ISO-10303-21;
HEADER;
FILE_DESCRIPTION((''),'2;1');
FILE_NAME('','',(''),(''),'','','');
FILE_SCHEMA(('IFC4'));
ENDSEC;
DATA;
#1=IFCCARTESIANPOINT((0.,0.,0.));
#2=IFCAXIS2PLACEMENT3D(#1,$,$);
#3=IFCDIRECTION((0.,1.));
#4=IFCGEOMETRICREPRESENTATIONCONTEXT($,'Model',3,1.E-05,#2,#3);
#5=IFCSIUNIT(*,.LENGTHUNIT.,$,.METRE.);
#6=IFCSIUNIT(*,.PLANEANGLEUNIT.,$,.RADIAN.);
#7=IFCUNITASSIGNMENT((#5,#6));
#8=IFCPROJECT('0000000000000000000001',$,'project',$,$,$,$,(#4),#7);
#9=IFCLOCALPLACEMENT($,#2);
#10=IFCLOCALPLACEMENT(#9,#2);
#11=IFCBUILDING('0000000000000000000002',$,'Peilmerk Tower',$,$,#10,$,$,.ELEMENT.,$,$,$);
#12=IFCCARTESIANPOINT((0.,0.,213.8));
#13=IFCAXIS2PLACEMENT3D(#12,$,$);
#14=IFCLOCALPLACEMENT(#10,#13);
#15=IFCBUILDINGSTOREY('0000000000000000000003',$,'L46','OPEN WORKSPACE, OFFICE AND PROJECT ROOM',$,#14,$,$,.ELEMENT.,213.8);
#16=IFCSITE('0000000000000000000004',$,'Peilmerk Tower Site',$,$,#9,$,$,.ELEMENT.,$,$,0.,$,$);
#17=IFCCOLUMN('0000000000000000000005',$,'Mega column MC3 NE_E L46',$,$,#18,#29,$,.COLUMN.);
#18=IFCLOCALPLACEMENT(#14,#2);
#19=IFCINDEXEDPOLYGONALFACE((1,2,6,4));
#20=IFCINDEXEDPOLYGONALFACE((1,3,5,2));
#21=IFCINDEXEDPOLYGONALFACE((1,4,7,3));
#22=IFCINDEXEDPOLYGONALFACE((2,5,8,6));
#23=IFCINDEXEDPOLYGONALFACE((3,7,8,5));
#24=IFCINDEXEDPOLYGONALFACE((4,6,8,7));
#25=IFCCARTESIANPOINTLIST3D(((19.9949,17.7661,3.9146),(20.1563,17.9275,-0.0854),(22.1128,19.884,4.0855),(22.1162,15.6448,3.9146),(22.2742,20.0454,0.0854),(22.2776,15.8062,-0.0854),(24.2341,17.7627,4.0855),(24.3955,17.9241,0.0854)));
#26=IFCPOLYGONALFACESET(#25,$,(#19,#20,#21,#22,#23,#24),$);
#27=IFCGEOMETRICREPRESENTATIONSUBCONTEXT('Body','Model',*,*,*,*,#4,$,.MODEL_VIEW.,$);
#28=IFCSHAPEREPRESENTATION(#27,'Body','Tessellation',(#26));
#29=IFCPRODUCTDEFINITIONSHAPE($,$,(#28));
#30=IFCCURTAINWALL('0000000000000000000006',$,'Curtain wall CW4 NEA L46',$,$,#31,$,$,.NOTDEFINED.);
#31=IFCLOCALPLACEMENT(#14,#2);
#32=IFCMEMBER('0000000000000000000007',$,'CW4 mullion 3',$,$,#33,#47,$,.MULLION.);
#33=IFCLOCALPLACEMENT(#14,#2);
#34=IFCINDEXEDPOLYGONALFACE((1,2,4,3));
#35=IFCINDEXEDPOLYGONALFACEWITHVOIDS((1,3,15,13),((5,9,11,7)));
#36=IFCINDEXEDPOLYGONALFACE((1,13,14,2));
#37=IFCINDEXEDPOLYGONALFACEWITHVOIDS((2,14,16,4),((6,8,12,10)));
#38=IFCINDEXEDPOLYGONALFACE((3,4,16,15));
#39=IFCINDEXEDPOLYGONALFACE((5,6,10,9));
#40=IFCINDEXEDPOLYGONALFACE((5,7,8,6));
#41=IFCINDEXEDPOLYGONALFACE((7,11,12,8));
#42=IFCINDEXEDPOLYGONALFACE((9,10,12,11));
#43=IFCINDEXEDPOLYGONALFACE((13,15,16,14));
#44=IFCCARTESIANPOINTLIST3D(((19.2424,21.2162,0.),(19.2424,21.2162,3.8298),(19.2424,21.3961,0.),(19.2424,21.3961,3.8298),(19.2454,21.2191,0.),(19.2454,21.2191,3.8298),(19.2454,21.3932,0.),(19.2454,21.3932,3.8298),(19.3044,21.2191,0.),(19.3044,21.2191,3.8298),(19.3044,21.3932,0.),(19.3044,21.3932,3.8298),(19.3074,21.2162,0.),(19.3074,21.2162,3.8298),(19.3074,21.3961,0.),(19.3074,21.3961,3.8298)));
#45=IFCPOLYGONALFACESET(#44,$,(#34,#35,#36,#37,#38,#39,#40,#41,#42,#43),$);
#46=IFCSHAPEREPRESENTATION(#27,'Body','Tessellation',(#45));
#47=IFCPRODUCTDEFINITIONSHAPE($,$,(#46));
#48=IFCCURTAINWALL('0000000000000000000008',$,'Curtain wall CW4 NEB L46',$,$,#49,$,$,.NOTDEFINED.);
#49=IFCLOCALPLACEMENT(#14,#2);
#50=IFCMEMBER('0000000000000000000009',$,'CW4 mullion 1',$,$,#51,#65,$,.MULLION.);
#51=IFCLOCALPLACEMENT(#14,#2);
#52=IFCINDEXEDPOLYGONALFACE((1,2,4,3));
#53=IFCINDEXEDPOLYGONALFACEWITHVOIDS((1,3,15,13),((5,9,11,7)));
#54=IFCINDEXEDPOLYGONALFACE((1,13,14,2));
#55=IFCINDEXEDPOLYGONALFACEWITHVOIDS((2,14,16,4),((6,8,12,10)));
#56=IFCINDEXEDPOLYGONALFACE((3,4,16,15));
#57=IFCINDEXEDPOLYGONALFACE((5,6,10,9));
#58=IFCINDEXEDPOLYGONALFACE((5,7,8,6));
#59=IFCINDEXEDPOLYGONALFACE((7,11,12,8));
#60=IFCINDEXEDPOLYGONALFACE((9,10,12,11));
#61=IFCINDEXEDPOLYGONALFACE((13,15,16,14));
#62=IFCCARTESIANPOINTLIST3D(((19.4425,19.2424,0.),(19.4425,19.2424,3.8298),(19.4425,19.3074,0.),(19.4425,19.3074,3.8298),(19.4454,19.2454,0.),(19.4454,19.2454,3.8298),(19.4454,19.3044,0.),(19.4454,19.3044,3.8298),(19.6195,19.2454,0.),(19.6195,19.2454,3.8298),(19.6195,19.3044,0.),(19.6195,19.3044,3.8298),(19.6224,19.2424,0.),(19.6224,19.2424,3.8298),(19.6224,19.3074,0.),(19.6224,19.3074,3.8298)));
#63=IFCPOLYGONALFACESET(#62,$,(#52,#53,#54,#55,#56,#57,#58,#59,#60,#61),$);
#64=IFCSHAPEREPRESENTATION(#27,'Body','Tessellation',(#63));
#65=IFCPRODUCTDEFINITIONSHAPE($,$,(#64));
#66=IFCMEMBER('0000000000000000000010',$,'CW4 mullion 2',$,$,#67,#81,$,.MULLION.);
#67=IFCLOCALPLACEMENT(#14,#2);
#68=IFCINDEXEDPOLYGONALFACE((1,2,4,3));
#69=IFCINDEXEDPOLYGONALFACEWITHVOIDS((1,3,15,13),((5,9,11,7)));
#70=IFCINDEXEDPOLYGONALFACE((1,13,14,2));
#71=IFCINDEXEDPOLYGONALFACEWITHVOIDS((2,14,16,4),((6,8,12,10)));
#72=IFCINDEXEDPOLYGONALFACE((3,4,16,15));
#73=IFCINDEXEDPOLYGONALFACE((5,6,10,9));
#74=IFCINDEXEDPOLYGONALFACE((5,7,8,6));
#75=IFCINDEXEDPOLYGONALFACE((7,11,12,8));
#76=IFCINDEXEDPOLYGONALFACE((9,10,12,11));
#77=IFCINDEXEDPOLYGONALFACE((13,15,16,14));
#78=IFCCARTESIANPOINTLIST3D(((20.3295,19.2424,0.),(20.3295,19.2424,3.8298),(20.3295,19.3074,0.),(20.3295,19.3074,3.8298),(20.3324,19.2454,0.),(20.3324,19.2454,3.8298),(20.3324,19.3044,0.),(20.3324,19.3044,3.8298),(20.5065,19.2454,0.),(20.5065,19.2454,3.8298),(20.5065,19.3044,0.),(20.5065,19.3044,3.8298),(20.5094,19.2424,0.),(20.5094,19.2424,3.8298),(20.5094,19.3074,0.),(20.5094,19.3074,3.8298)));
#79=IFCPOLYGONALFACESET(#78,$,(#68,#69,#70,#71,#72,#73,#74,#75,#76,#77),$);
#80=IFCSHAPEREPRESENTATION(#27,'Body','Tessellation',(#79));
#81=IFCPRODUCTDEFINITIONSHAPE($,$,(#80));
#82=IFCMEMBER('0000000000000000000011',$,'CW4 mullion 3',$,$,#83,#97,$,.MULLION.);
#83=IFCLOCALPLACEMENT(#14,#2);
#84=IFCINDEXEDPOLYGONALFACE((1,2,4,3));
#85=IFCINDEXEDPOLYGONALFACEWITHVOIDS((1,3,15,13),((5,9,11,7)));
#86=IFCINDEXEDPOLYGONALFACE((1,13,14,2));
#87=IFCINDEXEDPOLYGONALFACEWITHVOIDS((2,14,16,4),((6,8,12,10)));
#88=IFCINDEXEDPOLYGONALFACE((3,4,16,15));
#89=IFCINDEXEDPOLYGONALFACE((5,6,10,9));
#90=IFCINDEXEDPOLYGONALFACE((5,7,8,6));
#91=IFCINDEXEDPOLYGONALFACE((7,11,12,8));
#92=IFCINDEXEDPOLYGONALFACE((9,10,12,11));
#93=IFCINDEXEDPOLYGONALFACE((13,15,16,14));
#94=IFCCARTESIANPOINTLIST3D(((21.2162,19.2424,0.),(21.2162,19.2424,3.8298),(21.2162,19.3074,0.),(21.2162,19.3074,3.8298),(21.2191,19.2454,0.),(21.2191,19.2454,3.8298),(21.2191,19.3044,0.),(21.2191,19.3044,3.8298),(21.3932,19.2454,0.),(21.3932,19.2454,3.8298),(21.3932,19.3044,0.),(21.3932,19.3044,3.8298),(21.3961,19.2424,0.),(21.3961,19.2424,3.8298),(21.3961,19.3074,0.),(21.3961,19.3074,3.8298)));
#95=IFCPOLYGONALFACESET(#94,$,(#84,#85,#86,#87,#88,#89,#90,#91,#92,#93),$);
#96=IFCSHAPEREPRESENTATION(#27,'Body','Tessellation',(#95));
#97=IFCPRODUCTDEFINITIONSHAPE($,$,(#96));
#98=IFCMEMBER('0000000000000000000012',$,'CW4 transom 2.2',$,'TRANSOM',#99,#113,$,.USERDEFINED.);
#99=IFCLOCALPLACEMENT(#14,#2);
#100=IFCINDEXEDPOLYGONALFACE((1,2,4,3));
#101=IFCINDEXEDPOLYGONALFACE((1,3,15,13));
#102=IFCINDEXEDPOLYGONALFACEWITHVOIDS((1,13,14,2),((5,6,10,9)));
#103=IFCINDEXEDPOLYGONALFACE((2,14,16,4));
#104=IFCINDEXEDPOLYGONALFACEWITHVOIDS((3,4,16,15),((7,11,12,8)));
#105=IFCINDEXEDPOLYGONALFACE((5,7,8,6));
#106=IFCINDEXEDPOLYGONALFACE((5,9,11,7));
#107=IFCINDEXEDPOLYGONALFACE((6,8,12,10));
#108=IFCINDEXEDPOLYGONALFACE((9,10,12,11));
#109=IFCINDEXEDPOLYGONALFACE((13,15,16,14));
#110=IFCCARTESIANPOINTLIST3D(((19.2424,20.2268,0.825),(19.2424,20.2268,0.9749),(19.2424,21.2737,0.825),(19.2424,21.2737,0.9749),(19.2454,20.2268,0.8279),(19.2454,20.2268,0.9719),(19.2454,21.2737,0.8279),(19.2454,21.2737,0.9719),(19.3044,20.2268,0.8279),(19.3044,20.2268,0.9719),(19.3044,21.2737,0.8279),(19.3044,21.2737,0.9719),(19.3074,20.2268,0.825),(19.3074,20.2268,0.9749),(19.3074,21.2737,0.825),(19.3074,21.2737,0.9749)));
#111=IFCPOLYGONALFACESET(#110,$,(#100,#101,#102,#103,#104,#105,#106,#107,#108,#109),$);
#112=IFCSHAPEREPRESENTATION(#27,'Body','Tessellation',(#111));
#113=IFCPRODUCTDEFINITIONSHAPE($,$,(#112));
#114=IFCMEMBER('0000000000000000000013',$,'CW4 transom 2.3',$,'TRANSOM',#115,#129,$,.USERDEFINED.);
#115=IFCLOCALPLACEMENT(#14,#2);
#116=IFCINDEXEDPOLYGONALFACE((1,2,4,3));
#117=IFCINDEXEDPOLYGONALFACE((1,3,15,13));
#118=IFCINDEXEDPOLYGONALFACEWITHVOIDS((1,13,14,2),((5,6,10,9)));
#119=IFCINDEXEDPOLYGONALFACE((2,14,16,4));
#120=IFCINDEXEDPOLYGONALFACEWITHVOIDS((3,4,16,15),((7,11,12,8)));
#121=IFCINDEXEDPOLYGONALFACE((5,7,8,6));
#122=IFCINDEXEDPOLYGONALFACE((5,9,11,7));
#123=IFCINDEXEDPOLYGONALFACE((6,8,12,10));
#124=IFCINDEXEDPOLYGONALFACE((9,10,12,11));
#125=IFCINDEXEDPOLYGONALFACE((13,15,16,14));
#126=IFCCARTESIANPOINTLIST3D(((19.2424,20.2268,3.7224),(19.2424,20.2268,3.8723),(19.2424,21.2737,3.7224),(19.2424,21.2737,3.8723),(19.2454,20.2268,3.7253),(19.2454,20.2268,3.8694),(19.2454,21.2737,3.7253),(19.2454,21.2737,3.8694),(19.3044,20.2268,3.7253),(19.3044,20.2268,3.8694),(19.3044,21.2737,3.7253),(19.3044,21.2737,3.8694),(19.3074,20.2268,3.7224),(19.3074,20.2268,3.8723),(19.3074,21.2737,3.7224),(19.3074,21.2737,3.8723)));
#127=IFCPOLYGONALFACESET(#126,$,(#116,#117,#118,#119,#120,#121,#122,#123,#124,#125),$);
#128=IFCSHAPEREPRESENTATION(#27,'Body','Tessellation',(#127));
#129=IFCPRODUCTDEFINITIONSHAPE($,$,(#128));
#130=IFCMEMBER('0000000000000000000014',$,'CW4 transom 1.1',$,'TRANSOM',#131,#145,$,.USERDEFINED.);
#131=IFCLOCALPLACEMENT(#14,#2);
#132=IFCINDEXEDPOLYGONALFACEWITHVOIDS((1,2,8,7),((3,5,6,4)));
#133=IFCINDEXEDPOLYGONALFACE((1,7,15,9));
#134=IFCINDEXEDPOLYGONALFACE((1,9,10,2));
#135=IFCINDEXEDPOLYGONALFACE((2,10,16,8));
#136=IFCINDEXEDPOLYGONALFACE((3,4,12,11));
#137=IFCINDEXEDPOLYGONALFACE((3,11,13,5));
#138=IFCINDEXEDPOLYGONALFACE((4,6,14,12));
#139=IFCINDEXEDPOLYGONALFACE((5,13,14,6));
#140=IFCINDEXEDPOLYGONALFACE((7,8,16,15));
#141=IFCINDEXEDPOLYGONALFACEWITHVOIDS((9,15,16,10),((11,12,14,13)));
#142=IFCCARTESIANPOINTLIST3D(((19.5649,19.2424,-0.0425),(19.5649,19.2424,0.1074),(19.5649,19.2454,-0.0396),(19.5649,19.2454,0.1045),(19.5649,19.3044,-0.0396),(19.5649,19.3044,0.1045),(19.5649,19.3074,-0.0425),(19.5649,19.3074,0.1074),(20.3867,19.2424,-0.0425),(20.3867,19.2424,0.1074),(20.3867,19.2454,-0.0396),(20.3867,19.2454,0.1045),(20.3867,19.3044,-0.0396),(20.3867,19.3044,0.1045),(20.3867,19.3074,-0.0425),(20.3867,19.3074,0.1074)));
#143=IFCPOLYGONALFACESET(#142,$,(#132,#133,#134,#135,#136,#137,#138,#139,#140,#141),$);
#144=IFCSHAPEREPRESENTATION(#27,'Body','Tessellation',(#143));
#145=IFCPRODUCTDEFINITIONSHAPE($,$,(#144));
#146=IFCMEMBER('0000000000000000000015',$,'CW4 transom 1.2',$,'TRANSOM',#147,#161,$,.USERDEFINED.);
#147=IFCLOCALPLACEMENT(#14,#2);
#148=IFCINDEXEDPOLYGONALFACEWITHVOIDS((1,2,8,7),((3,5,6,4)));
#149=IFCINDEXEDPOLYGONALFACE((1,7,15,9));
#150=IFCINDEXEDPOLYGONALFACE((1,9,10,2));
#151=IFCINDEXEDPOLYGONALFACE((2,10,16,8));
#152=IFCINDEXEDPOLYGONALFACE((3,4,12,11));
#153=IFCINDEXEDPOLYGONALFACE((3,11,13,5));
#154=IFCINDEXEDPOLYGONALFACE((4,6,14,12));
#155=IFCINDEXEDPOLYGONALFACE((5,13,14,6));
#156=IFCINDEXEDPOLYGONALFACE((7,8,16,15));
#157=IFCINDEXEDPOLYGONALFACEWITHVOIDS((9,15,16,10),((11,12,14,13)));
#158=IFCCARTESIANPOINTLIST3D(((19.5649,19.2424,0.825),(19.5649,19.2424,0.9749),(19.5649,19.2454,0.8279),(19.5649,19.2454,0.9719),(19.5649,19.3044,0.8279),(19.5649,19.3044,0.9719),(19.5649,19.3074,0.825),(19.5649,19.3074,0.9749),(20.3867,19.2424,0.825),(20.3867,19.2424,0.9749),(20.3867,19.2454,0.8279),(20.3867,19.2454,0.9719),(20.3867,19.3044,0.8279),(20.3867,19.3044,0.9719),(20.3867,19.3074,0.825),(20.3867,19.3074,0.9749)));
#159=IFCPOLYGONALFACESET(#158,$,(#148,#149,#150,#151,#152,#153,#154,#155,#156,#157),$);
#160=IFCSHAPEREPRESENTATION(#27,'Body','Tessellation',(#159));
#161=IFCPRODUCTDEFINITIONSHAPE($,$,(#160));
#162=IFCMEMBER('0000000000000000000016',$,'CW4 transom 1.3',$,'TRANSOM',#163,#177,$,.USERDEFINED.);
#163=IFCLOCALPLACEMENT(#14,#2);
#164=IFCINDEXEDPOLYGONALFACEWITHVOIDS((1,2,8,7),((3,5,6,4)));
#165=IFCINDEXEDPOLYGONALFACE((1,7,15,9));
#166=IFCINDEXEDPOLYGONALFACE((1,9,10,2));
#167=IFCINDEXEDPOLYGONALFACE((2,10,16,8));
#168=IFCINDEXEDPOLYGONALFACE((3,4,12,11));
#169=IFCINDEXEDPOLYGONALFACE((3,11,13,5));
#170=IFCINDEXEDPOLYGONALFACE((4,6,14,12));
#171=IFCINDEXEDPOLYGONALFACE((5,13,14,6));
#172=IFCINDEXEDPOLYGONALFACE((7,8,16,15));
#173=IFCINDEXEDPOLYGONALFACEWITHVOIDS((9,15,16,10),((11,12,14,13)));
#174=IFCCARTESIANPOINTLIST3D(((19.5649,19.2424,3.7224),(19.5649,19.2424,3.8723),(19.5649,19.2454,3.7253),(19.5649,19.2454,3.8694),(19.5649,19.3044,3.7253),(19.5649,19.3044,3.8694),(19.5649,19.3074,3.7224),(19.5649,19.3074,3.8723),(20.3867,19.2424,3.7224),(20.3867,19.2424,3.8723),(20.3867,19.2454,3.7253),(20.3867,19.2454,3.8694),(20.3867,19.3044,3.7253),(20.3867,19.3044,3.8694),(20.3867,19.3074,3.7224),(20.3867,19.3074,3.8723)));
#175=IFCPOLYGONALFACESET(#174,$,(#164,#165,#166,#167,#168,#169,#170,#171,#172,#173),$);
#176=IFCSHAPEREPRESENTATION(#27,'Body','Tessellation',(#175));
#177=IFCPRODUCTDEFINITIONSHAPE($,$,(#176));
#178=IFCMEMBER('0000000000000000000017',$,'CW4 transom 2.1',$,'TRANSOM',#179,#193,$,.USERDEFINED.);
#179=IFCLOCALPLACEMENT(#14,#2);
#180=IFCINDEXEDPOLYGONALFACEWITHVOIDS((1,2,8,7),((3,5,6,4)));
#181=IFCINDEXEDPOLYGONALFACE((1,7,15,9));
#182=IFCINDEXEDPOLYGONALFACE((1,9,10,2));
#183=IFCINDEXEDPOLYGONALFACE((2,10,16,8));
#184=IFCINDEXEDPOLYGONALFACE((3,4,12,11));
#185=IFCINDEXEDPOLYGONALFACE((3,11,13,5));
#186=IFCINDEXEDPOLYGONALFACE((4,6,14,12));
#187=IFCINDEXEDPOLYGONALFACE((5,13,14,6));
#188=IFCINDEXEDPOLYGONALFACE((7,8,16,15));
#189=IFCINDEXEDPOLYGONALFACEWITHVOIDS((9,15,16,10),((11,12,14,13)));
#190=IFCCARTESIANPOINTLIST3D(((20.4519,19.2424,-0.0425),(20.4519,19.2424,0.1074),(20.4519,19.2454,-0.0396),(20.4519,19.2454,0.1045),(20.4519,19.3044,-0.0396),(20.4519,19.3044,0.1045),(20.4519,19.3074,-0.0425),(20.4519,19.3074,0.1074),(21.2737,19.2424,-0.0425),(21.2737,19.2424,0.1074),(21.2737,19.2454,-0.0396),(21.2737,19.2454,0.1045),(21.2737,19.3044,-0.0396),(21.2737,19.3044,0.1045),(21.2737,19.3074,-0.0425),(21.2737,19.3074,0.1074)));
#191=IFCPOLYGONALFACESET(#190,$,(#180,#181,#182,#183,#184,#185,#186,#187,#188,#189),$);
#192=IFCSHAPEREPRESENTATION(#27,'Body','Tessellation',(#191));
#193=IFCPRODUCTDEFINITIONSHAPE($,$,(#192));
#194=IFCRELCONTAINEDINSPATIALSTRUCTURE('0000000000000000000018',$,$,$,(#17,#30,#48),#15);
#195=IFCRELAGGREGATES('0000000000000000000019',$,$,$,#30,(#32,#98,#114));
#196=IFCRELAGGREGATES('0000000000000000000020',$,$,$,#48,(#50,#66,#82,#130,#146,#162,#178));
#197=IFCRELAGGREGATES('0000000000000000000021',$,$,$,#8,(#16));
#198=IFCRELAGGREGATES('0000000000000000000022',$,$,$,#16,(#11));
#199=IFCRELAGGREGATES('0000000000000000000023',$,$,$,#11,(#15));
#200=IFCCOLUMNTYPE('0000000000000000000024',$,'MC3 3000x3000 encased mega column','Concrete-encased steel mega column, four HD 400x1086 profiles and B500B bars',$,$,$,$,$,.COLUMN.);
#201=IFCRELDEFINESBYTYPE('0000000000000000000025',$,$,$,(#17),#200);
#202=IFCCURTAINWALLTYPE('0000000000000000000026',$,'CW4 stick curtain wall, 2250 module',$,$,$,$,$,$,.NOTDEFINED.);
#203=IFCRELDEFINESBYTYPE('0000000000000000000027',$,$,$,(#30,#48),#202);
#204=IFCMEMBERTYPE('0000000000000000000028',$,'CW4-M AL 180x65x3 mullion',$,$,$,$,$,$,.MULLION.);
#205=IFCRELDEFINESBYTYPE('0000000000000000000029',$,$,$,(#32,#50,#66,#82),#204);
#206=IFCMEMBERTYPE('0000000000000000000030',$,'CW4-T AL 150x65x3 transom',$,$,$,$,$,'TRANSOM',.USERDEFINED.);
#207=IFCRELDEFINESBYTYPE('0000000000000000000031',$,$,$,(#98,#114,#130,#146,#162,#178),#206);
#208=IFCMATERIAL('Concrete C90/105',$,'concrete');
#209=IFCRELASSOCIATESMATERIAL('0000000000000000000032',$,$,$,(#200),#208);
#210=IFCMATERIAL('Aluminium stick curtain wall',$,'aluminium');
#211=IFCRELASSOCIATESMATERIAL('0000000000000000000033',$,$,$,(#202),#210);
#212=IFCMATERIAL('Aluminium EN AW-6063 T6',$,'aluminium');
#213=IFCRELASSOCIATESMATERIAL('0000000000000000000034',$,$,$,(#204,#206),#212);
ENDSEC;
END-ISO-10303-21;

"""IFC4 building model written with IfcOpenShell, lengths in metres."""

from ifc_helpers import new_model, si_unit, direction, frame, origin, origin_2d, place, context, subcontext, project, spatial, rectangle, hollow_rectangle, extrude, material, material_profile, profile_set, type_object, element, aggregate, save


model = new_model("IFC4")

# Units and contexts
model_context = context("Model", 3, precision=1e-05, world=origin(), true_north=direction((0.0, 1.0)))
body_context = subcontext(model_context, "Body", "Model", "MODEL_VIEW")
ifc_project = project(units=[si_unit("LENGTHUNIT", "METRE"), si_unit("PLANEANGLEUNIT", "RADIAN")], contexts=[model_context])

# Site, building, storey
site_placement = place(None, origin())
site = spatial("IfcSite", under=ifc_project, at=site_placement, Name="Peilmerk Tower Site", CompositionType="ELEMENT", RefElevation=0.0)
building_placement = place(site_placement, origin())
building = spatial("IfcBuilding", under=site, at=building_placement, Name="Peilmerk Tower", CompositionType="ELEMENT")
storey_placement = place(building_placement, frame((0.0, 0.0, 213.8)))
storey = spatial("IfcBuildingStorey", under=building, at=storey_placement, Name="L46", Description="OPEN WORKSPACE, OFFICE AND PROJECT ROOM", CompositionType="ELEMENT", Elevation=213.8)

# Column
ifc_material_1 = material(Name="Concrete C90/105", Category="concrete")
ifc_material_profile_1 = material_profile(ifc_material_1, rectangle(XDim=3.0, YDim=3.0, at=origin_2d()), Name="RC 3000x3000")
ifc_profile_set_1 = profile_set([ifc_material_profile_1], Name="Concrete C90/105")
column_type = type_object("IfcColumnType", Name="MC3 3000x3000 encased mega column", Description="Concrete-encased steel mega column, four HD 400x1086 profiles and B500B bars", PredefinedType="COLUMN", material=ifc_profile_set_1)
column_placement = place(storey_placement, frame((22.2759, 17.9258, 0.0), z_axis=(-0.040279, -0.040279, 0.998376), x_axis=(0.707107, -0.707107, 0.0)))
element("IfcColumn", 1, at=column_placement, inside=storey, type_object=column_type, Name="Mega column MC3 NE_E L46", PredefinedType="COLUMN", context=body_context, shape_type="SweptSolid", body=[
    extrude(rectangle(XDim=3.0, YDim=3.0, at=origin_2d()), origin(), (0.0, 0.0, 1.0), 4.0066),
])

# Curtain wall, member
ifc_material_2 = material(Name="Aluminium stick curtain wall", Category="aluminium")
curtain_wall_type = type_object("IfcCurtainWallType", Name="CW4 stick curtain wall, 2250 module", PredefinedType="NOTDEFINED", material=ifc_material_2)
curtain_wall_1_placement = place(storey_placement, origin())
curtain_wall_1 = element("IfcCurtainWall", 2, at=curtain_wall_1_placement, inside=storey, type_object=curtain_wall_type, Name="Curtain wall CW4 NEA L46", PredefinedType="NOTDEFINED")
ifc_material_3 = material(Name="Aluminium EN AW-6063 T6", Category="aluminium")
ifc_material_profile_2 = material_profile(ifc_material_3, hollow_rectangle(XDim=0.0649, YDim=0.1799, WallThickness=0.0029, at=origin_2d()), Name="AL 180x65x3")
ifc_profile_set_2 = profile_set([ifc_material_profile_2], Name="Aluminium EN AW-6063 T6")
member_type_1 = type_object("IfcMemberType", Name="CW4-M AL 180x65x3 mullion", PredefinedType="MULLION", material=ifc_profile_set_2)
member_1_placement = place(storey_placement, frame((19.2749, 21.3062, 0.0), z_axis=(0.0, 0.0, 1.0), x_axis=(-1.0, 0.0, 0.0)))
member_1 = element("IfcMember", 3, at=member_1_placement, type_object=member_type_1, Name="CW4 mullion 3", PredefinedType="MULLION", context=body_context, shape_type="SweptSolid", body=[
    extrude(hollow_rectangle(XDim=0.0649, YDim=0.1799, WallThickness=0.0029, at=origin_2d()), origin(), (0.0, 0.0, 1.0), 3.8298),
])

# Curtain wall, members
curtain_wall_2_placement = place(storey_placement, origin())
curtain_wall_2 = element("IfcCurtainWall", 4, at=curtain_wall_2_placement, inside=storey, type_object=curtain_wall_type, Name="Curtain wall CW4 NEB L46", PredefinedType="NOTDEFINED")
member_2_placement = place(storey_placement, frame((19.5325, 19.2749, 0.0), z_axis=(0.0, 0.0, 1.0), x_axis=(0.0, 1.0, 0.0)))
member_2 = element("IfcMember", 5, at=member_2_placement, type_object=member_type_1, Name="CW4 mullion 1", PredefinedType="MULLION", context=body_context, shape_type="SweptSolid", body=[
    extrude(hollow_rectangle(XDim=0.0649, YDim=0.1799, WallThickness=0.0029, at=origin_2d()), origin(), (0.0, 0.0, 1.0), 3.8298),
])
member_3_placement = place(storey_placement, frame((20.4194, 19.2749, 0.0), z_axis=(0.0, 0.0, 1.0), x_axis=(0.0, 1.0, 0.0)))
member_3 = element("IfcMember", 6, at=member_3_placement, type_object=member_type_1, Name="CW4 mullion 2", PredefinedType="MULLION", context=body_context, shape_type="SweptSolid", body=[
    extrude(hollow_rectangle(XDim=0.0649, YDim=0.1799, WallThickness=0.0029, at=origin_2d()), origin(), (0.0, 0.0, 1.0), 3.8298),
])
member_4_placement = place(storey_placement, frame((21.3062, 19.2749, 0.0), z_axis=(0.0, 0.0, 1.0), x_axis=(0.0, 1.0, 0.0)))
member_4 = element("IfcMember", 7, at=member_4_placement, type_object=member_type_1, Name="CW4 mullion 3", PredefinedType="MULLION", context=body_context, shape_type="SweptSolid", body=[
    extrude(hollow_rectangle(XDim=0.0649, YDim=0.1799, WallThickness=0.0029, at=origin_2d()), origin(), (0.0, 0.0, 1.0), 3.8298),
])

# Members
ifc_material_profile_3 = material_profile(ifc_material_3, hollow_rectangle(XDim=0.0649, YDim=0.1499, WallThickness=0.0029, at=origin_2d()), Name="AL 150x65x3")
ifc_profile_set_3 = profile_set([ifc_material_profile_3], Name="Aluminium EN AW-6063 T6")
member_type_2 = type_object("IfcMemberType", Name="CW4-T AL 150x65x3 transom", ElementType="TRANSOM", PredefinedType="USERDEFINED", material=ifc_profile_set_3)
member_5_placement = place(storey_placement, frame((19.2749, 20.2268, 0.8999), z_axis=(0.0, 1.0, 0.0), x_axis=(-1.0, 0.0, 0.0)))
member_5 = element("IfcMember", 8, at=member_5_placement, type_object=member_type_2, Name="CW4 transom 2.2", ObjectType="TRANSOM", PredefinedType="USERDEFINED", context=body_context, shape_type="SweptSolid", body=[
    extrude(hollow_rectangle(XDim=0.0649, YDim=0.1499, WallThickness=0.0029, at=origin_2d()), origin(), (0.0, 0.0, 1.0), 1.0469),
])
member_6_placement = place(storey_placement, frame((19.2749, 20.2268, 3.7974), z_axis=(0.0, 1.0, 0.0), x_axis=(-1.0, 0.0, 0.0)))
member_6 = element("IfcMember", 9, at=member_6_placement, type_object=member_type_2, Name="CW4 transom 2.3", ObjectType="TRANSOM", PredefinedType="USERDEFINED", context=body_context, shape_type="SweptSolid", body=[
    extrude(hollow_rectangle(XDim=0.0649, YDim=0.1499, WallThickness=0.0029, at=origin_2d()), origin(), (0.0, 0.0, 1.0), 1.0469),
])
member_7_placement = place(storey_placement, frame((19.5649, 19.2749, 0.0325), z_axis=(1.0, 0.0, 0.0), x_axis=(0.0, 1.0, 0.0)))
member_7 = element("IfcMember", 10, at=member_7_placement, type_object=member_type_2, Name="CW4 transom 1.1", ObjectType="TRANSOM", PredefinedType="USERDEFINED", context=body_context, shape_type="SweptSolid", body=[
    extrude(hollow_rectangle(XDim=0.0649, YDim=0.1499, WallThickness=0.0029, at=origin_2d()), origin(), (0.0, 0.0, 1.0), 0.8218),
])
member_8_placement = place(storey_placement, frame((19.5649, 19.2749, 0.8999), z_axis=(1.0, 0.0, 0.0), x_axis=(0.0, 1.0, 0.0)))
member_8 = element("IfcMember", 11, at=member_8_placement, type_object=member_type_2, Name="CW4 transom 1.2", ObjectType="TRANSOM", PredefinedType="USERDEFINED", context=body_context, shape_type="SweptSolid", body=[
    extrude(hollow_rectangle(XDim=0.0649, YDim=0.1499, WallThickness=0.0029, at=origin_2d()), origin(), (0.0, 0.0, 1.0), 0.8218),
])
member_9_placement = place(storey_placement, frame((19.5649, 19.2749, 3.7974), z_axis=(1.0, 0.0, 0.0), x_axis=(0.0, 1.0, 0.0)))
member_9 = element("IfcMember", 12, at=member_9_placement, type_object=member_type_2, Name="CW4 transom 1.3", ObjectType="TRANSOM", PredefinedType="USERDEFINED", context=body_context, shape_type="SweptSolid", body=[
    extrude(hollow_rectangle(XDim=0.0649, YDim=0.1499, WallThickness=0.0029, at=origin_2d()), origin(), (0.0, 0.0, 1.0), 0.8218),
])
member_10_placement = place(storey_placement, frame((20.4519, 19.2749, 0.0325), z_axis=(1.0, 0.0, 0.0), x_axis=(0.0, 1.0, 0.0)))
member_10 = element("IfcMember", 13, at=member_10_placement, type_object=member_type_2, Name="CW4 transom 2.1", ObjectType="TRANSOM", PredefinedType="USERDEFINED", context=body_context, shape_type="SweptSolid", body=[
    extrude(hollow_rectangle(XDim=0.0649, YDim=0.1499, WallThickness=0.0029, at=origin_2d()), origin(), (0.0, 0.0, 1.0), 0.8218),
])

aggregate(curtain_wall_1, [member_1, member_5, member_6])
aggregate(curtain_wall_2, [member_2, member_3, member_4, member_7, member_8, member_9, member_10])

save(model, "model.ifc")
